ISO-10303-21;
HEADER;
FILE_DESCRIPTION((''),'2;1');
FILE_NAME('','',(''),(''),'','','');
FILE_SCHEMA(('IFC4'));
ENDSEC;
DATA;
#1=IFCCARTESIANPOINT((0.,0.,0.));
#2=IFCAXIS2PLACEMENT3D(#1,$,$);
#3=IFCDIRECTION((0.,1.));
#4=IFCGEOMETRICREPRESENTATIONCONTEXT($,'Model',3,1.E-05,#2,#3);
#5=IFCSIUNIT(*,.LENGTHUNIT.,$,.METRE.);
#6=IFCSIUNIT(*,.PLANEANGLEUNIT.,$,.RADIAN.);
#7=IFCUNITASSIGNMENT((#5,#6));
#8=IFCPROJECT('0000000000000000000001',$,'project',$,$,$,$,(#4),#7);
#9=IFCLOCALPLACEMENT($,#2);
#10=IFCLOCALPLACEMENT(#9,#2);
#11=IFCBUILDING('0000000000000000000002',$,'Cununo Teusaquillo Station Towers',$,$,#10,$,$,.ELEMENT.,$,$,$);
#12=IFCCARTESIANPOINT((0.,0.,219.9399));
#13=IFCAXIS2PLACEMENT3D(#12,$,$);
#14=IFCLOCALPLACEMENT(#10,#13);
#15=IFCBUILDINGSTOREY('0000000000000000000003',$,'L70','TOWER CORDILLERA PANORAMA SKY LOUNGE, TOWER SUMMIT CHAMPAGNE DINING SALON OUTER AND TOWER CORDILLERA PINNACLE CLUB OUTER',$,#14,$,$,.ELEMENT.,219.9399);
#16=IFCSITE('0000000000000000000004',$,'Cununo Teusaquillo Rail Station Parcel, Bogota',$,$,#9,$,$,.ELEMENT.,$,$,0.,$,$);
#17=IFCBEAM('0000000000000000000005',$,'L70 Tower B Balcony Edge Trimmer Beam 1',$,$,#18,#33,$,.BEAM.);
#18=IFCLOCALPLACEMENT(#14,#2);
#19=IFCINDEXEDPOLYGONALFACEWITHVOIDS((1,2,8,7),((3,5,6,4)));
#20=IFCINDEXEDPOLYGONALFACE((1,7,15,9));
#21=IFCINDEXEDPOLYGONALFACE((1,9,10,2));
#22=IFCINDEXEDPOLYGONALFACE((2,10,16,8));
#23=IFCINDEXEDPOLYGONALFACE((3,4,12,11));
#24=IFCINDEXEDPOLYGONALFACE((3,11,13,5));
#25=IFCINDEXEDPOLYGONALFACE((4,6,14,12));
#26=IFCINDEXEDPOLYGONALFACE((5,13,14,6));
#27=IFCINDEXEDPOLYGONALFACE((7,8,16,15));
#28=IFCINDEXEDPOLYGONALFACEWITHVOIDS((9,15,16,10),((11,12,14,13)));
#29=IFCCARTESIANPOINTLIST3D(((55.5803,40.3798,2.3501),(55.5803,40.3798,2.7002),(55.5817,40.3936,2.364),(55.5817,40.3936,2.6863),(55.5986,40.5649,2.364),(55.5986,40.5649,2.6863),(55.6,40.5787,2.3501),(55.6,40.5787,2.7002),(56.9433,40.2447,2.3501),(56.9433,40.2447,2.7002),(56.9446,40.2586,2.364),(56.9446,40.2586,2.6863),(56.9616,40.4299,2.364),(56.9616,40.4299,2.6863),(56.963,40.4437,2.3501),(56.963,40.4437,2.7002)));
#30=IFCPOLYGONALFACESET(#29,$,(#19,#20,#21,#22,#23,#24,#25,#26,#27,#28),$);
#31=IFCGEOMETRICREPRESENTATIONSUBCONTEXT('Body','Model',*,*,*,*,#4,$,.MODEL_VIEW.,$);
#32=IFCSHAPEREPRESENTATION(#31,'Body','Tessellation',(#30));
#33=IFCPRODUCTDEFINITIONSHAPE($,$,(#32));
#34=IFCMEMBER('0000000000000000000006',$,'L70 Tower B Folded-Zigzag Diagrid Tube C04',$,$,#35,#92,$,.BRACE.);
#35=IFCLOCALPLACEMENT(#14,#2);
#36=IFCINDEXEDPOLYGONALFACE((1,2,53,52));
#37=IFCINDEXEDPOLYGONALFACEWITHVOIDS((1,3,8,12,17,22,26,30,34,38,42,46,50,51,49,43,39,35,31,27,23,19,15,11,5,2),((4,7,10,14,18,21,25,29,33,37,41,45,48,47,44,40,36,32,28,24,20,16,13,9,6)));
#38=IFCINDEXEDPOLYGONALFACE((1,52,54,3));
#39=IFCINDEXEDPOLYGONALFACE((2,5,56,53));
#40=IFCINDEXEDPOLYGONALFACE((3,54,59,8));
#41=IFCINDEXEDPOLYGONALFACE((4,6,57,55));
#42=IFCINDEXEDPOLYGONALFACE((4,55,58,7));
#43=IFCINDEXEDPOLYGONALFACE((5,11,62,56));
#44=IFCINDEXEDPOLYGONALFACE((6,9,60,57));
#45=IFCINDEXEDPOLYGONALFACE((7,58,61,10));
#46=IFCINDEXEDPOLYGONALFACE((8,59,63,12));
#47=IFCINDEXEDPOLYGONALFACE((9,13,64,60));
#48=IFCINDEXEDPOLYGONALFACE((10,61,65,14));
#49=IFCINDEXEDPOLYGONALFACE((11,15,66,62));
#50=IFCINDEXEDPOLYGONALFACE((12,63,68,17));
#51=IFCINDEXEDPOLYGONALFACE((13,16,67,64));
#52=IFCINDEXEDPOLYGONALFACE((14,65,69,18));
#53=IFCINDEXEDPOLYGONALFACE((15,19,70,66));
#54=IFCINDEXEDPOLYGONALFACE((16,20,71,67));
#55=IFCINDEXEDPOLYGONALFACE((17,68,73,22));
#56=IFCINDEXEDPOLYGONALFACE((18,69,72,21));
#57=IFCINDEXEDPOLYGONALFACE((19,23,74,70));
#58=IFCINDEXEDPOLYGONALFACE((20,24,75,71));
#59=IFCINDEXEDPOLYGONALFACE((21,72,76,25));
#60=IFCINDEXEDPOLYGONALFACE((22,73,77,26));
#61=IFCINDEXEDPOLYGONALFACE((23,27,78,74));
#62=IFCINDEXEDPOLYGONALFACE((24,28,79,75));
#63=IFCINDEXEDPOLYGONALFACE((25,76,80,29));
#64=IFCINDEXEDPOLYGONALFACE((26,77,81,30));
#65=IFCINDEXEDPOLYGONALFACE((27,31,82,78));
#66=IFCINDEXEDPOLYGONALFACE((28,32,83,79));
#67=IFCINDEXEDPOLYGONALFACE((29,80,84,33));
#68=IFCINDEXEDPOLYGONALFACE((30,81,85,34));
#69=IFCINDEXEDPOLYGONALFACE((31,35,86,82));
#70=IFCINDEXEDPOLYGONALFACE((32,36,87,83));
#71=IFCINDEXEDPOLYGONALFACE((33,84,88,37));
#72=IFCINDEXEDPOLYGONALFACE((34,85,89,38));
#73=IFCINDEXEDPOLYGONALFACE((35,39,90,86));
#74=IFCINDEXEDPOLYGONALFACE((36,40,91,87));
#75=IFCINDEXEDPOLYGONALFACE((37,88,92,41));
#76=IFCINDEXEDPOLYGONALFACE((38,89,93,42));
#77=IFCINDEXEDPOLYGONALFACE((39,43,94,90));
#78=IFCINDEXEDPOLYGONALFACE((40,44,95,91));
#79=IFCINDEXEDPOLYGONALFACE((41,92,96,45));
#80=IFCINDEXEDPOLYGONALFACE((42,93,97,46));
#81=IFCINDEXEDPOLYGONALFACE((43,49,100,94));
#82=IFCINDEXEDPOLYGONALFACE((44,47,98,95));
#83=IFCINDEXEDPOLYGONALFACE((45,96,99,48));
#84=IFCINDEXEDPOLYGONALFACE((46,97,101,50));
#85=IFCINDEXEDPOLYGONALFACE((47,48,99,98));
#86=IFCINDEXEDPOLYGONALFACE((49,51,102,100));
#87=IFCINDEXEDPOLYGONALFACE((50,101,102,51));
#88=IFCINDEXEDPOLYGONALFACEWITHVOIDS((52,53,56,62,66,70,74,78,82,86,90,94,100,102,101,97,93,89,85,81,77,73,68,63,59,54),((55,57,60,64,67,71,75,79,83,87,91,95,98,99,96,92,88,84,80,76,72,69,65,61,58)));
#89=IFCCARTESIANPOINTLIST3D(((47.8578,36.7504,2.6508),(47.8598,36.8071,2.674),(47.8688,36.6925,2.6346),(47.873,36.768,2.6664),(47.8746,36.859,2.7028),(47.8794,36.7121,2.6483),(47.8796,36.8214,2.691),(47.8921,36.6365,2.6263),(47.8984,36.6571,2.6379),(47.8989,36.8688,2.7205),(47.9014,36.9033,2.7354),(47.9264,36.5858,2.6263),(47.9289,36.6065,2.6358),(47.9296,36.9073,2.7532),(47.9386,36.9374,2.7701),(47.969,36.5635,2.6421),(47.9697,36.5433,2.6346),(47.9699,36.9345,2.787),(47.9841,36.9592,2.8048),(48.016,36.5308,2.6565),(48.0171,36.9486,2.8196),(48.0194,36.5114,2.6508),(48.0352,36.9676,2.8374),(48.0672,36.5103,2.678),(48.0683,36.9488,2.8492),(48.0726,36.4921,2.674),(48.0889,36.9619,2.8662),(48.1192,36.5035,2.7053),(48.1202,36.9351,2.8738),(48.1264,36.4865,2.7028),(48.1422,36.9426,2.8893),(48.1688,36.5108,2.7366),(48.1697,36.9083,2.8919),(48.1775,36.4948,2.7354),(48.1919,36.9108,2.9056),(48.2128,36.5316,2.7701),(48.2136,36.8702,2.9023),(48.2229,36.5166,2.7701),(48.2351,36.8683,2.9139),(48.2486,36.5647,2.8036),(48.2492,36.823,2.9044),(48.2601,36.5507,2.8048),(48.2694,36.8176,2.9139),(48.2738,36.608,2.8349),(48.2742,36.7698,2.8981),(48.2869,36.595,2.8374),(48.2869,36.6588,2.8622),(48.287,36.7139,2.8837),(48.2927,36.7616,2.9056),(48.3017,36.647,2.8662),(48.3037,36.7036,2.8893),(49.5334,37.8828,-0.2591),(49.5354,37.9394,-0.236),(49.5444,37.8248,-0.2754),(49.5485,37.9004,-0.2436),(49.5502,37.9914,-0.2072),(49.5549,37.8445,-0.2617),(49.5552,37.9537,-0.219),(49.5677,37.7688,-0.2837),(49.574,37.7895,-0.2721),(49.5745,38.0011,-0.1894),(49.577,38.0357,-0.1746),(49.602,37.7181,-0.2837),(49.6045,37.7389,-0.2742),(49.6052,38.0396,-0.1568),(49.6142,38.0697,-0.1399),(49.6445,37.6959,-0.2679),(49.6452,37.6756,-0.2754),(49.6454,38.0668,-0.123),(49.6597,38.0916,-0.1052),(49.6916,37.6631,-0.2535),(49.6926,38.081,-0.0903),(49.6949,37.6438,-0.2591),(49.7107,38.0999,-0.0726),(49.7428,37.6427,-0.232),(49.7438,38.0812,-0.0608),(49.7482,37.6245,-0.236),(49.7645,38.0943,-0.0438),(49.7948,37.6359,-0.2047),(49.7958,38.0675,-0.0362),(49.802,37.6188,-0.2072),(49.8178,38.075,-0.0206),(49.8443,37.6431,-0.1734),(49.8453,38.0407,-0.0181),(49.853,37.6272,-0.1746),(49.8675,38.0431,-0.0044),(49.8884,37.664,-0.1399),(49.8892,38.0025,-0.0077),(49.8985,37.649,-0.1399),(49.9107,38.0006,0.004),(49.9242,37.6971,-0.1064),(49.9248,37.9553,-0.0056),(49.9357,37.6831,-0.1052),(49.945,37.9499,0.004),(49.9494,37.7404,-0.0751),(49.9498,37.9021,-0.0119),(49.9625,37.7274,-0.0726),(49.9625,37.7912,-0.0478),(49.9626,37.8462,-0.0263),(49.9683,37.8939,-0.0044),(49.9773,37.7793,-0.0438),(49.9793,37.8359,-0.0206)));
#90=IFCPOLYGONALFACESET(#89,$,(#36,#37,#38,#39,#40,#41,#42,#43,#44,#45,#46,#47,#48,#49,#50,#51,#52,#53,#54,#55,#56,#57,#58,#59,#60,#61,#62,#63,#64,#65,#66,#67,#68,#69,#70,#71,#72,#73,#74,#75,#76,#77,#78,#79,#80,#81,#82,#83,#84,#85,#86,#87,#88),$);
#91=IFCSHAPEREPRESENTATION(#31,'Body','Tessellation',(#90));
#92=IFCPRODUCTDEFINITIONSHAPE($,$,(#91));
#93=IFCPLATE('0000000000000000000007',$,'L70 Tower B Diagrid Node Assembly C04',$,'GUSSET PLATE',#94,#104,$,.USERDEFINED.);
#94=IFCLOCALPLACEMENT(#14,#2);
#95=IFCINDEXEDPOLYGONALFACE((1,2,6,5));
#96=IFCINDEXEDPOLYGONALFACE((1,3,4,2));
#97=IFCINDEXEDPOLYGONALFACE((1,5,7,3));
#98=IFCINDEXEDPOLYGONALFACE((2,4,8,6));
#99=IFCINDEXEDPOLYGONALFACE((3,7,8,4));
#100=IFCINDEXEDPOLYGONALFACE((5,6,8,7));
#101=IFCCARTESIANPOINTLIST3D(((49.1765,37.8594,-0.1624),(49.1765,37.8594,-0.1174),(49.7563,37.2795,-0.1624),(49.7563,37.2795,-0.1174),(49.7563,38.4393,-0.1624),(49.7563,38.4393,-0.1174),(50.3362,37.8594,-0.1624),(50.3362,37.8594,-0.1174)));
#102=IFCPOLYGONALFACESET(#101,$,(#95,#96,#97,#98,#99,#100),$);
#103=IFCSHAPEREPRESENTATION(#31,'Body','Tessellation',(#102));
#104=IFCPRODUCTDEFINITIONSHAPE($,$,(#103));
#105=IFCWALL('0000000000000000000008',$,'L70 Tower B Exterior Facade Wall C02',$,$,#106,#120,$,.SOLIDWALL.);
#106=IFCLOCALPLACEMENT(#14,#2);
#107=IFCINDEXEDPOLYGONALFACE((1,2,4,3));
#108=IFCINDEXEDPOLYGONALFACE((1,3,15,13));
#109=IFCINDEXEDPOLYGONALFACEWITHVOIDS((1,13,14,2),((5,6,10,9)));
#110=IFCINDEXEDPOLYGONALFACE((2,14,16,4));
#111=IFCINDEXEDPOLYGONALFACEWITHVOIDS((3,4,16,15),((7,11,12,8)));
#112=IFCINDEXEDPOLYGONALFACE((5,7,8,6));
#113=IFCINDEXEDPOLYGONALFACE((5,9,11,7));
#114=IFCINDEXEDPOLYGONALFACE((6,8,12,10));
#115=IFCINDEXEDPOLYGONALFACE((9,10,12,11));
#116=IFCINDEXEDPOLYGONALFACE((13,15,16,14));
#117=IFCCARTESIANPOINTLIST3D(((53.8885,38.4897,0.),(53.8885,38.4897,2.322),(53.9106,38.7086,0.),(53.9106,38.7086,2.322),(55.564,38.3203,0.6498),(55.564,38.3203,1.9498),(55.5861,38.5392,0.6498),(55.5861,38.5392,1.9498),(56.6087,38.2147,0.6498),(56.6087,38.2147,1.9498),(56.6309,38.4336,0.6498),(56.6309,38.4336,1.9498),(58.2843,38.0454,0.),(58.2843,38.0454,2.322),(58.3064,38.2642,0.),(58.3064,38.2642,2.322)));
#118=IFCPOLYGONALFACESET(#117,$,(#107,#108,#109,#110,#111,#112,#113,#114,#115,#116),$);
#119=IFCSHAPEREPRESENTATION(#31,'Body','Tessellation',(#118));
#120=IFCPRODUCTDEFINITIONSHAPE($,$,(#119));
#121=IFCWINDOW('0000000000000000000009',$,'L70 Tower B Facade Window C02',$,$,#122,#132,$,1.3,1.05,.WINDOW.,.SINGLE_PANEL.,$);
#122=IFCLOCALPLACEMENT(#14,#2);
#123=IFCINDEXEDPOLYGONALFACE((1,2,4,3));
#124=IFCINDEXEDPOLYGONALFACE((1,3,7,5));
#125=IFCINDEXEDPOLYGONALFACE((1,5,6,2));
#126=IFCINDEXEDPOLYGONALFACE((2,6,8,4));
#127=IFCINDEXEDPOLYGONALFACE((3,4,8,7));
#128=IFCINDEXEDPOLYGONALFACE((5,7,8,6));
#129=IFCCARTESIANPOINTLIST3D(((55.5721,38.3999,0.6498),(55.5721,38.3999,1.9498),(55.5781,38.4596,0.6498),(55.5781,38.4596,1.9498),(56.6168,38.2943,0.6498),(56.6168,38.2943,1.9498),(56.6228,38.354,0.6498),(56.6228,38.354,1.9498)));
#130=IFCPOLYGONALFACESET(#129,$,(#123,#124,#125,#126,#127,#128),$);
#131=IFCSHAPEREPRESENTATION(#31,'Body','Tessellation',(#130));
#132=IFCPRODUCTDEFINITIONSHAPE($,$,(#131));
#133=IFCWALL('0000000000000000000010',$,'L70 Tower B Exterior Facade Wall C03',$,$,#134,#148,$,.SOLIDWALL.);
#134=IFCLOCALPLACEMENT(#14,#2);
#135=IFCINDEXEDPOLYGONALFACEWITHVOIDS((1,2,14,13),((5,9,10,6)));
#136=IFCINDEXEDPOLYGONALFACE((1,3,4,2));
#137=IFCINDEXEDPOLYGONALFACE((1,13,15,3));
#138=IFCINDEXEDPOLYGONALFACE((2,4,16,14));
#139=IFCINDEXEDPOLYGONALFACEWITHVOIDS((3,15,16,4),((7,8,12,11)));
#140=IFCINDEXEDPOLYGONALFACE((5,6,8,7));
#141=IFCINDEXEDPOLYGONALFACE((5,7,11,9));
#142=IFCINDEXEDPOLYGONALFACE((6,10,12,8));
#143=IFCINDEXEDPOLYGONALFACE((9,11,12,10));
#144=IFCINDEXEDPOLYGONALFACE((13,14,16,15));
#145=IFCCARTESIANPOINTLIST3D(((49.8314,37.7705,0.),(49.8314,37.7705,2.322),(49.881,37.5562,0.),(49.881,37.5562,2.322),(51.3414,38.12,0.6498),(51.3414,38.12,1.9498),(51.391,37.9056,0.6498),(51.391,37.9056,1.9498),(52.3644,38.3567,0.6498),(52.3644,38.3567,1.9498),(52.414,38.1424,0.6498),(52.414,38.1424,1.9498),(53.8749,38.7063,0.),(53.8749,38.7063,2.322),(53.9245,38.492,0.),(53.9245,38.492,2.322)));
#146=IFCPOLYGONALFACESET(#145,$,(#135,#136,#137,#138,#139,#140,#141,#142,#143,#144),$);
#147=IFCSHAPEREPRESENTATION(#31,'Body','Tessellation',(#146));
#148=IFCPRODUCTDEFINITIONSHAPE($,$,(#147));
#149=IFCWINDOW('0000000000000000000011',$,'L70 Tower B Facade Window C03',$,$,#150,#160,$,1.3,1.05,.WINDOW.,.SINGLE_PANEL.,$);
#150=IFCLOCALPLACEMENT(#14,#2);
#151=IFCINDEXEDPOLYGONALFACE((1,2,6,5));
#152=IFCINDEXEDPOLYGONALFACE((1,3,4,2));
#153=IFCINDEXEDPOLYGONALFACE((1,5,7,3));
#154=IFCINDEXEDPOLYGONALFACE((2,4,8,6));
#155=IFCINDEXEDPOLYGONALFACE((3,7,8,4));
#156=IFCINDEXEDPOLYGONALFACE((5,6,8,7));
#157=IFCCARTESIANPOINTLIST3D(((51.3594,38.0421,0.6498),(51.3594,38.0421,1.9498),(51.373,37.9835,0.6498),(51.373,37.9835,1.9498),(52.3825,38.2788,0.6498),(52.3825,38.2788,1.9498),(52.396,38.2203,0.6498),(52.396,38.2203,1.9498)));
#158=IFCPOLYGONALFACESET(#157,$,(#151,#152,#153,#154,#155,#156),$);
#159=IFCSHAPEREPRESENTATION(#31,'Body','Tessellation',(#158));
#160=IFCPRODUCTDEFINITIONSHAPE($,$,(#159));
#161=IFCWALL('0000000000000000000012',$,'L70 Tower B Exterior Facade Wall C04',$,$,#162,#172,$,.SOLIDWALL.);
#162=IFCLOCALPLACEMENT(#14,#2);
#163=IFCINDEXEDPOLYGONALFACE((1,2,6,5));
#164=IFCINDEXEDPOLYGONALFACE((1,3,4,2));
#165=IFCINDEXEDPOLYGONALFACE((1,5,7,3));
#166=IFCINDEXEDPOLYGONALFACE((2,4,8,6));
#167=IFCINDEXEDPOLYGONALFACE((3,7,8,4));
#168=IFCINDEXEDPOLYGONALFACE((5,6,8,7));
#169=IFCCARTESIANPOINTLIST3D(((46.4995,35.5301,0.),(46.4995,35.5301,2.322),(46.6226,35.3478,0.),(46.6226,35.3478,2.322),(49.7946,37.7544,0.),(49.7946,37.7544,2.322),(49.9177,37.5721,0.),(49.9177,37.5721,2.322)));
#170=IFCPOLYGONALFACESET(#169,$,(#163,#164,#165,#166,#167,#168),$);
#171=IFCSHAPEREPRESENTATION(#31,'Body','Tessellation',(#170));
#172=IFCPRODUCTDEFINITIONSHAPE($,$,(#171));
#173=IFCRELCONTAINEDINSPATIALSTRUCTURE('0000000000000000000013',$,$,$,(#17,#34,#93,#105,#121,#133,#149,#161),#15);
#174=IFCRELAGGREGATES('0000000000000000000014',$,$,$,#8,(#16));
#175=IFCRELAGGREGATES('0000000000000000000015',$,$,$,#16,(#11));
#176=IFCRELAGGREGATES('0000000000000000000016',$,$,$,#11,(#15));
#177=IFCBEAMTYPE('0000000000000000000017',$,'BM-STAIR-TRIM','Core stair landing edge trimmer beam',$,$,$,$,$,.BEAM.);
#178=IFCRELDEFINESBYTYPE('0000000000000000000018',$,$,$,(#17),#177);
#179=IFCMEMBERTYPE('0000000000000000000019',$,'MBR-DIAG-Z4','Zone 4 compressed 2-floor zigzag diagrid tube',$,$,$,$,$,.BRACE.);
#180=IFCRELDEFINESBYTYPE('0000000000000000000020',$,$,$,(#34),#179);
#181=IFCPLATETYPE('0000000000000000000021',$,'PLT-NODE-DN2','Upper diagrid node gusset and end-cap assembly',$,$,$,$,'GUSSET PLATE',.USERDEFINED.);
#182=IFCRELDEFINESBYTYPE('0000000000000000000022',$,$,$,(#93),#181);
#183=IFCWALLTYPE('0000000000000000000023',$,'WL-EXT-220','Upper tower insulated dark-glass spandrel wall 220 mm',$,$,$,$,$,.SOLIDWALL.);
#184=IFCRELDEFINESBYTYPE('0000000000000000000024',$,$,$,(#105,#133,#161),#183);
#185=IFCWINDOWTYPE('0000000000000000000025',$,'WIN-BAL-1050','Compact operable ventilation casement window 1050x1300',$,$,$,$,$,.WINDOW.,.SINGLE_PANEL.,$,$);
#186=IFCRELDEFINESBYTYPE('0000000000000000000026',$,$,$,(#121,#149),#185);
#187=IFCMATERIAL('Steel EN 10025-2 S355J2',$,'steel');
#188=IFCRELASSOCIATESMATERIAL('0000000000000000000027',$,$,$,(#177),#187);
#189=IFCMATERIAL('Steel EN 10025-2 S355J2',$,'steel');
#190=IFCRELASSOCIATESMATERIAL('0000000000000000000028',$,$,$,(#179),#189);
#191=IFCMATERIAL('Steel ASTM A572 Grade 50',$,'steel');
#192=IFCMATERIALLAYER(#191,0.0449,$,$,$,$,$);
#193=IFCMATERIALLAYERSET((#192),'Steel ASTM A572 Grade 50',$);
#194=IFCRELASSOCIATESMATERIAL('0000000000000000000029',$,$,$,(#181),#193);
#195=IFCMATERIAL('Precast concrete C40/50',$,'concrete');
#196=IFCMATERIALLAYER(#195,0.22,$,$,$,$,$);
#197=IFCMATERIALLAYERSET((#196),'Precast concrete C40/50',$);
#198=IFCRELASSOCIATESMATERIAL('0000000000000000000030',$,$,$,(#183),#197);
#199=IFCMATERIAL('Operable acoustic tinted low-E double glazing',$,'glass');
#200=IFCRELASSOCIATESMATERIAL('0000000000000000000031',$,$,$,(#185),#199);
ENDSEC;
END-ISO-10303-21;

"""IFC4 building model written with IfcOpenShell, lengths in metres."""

from ifc_helpers import new_model, si_unit, direction, frame, frame_2d, origin, origin_2d, place, context, subcontext, project, spatial, rectangle, hollow_rectangle, hollow_circle, extrude, source, transform, mapped, material, layer, layer_set, material_profile, profile_set, type_object, element, fill, save


model = new_model("IFC4")

# Units and contexts
model_context = context("Model", 3, precision=1e-05, world=origin(), true_north=direction((0.0, 1.0)))
body_context = subcontext(model_context, "Body", "Model", "MODEL_VIEW")
ifc_project = project(units=[si_unit("LENGTHUNIT", "METRE"), si_unit("PLANEANGLEUNIT", "RADIAN")], contexts=[model_context])

# Site, building, storey
site_placement = place(None, origin())
site = spatial("IfcSite", under=ifc_project, at=site_placement, Name="Cununo Teusaquillo Rail Station Parcel, Bogota", CompositionType="ELEMENT", RefElevation=0.0)
building_placement = place(site_placement, origin())
building = spatial("IfcBuilding", under=site, at=building_placement, Name="Cununo Teusaquillo Station Towers", CompositionType="ELEMENT")
storey_placement = place(building_placement, frame((0.0, 0.0, 219.9399)))
storey = spatial("IfcBuildingStorey", under=building, at=storey_placement, Name="L70", Description="TOWER CORDILLERA PANORAMA SKY LOUNGE, TOWER SUMMIT CHAMPAGNE DINING SALON OUTER AND TOWER CORDILLERA PINNACLE CLUB OUTER", CompositionType="ELEMENT", Elevation=219.9399)

# Beam
ifc_material_1 = material(Name="Steel EN 10025-2 S355J2", Category="steel")
ifc_material_profile_1 = material_profile(ifc_material_1, hollow_rectangle(XDim=0.2, YDim=0.3501, WallThickness=0.0139, at=origin_2d()), Name="RHS 350x200x14")
ifc_profile_set_1 = profile_set([ifc_material_profile_1], Name="Steel EN 10025-2 S355J2")
beam_type_1 = type_object("IfcBeamType", Name="BM-STAIR-TRIM", Description="Core stair landing edge trimmer beam", PredefinedType="BEAM", material=ifc_profile_set_1)
beam_1_placement = place(storey_placement, frame((56.9531, 40.3442, 2.5251), z_axis=(-0.99513, 0.098568, 0.0), x_axis=(-0.098568, -0.99513, 0.0)))
element("IfcBeam", 1, at=beam_1_placement, inside=storey, type_object=beam_type_1, Name="L70 Tower B Balcony Edge Trimmer Beam 1", PredefinedType="BEAM", context=body_context, shape_type="SweptSolid", body=[
    extrude(hollow_rectangle(XDim=0.2, YDim=0.3501, WallThickness=0.0139, at=origin_2d()), origin(), (0.0, 0.0, 1.0), 1.3696),
])

# Member
ifc_material_2 = material(Name="Steel EN 10025-2 S355J2", Category="steel")
ifc_material_profile_2 = material_profile(ifc_material_2, hollow_circle(Radius=0.2539, WallThickness=0.0181, at=origin_2d()), Name="CHS 508x18")
ifc_profile_set_2 = profile_set([ifc_material_profile_2], Name="Steel EN 10025-2 S355J2")
member_type = type_object("IfcMemberType", Name="MBR-DIAG-Z4", Description="Zone 4 compressed 2-floor zigzag diagrid tube", PredefinedType="BRACE", material=ifc_profile_set_2)
member_placement = place(storey_placement, frame((49.7563, 37.8594, -0.1399), z_axis=(-0.472833, -0.31954, 0.821172), x_axis=(0.559927, -0.828542, 0.0)))
element("IfcMember", 2, at=member_placement, inside=storey, type_object=member_type, Name="L70 Tower B Folded-Zigzag Diagrid Tube C04", PredefinedType="BRACE", context=body_context, shape_type="SweptSolid", body=[
    extrude(hollow_circle(Radius=0.2539, WallThickness=0.0181, at=origin_2d()), origin(), (0.0, 0.0, 1.0), 3.5437),
])

# Plate
ifc_material_3 = material(Name="Steel ASTM A572 Grade 50", Category="steel")
ifc_layer_1 = layer(ifc_material_3, 0.0449)
ifc_layer_set_1 = layer_set([ifc_layer_1], Name="Steel ASTM A572 Grade 50")
plate_type = type_object("IfcPlateType", Name="PLT-NODE-DN2", Description="Upper diagrid node gusset and end-cap assembly", ElementType="GUSSET PLATE", PredefinedType="USERDEFINED", material=ifc_layer_set_1)
shared_shape_1 = source(origin(), body_context, "Body", "SweptSolid", [
    extrude(rectangle(XDim=0.8201, YDim=0.8201, at=origin_2d()), origin(), (0.0, 0.0, 1.0), 0.0449),
])
plate_placement = place(storey_placement, frame((49.7563, 37.8594, -0.1624), z_axis=(0.0, 0.0, 1.0), x_axis=(0.707107, 0.707107, 0.0)))
element("IfcPlate", 3, at=plate_placement, inside=storey, type_object=plate_type, Name="L70 Tower B Diagrid Node Assembly C04", ObjectType="GUSSET PLATE", PredefinedType="USERDEFINED", context=body_context, shape_type="MappedRepresentation", body=[
    mapped(shared_shape_1, transform((0.0, 0.0, 0.0), x_axis=(1.0, 0.0, 0.0), y_axis=(0.0, 1.0, 0.0), z_axis=(0.0, 0.0, 1.0), scale=1.0)),
])

# Walls, openings, windows
ifc_material_4 = material(Name="Precast concrete C40/50", Category="concrete")
ifc_layer_2 = layer(ifc_material_4, 0.22)
ifc_layer_set_2 = layer_set([ifc_layer_2], Name="Precast concrete C40/50")
wall_type_1 = type_object("IfcWallType", Name="WL-EXT-220", Description="Upper tower insulated dark-glass spandrel wall 220 mm", PredefinedType="SOLIDWALL", material=ifc_layer_set_2)
wall_1_placement = place(storey_placement, frame((53.8997, 38.5991, 0.0), z_axis=(0.0, 0.0, 1.0), x_axis=(0.99493, -0.100571, 0.0)))
wall_1 = element("IfcWall", 4, at=wall_1_placement, inside=storey, type_object=wall_type_1, Name="L70 Tower B Exterior Facade Wall C02", PredefinedType="SOLIDWALL", context=body_context, shape_type="SweptSolid", body=[
    extrude(rectangle(XDim=4.4182, YDim=0.22, at=frame_2d((2.209, 0.0))), origin(), (0.0, 0.0, 1.0), 2.322),
])
shared_shape_2 = source(origin(), body_context, "Body", "SweptSolid", [
    extrude(rectangle(XDim=1.05, YDim=1.3, at=frame_2d((0.5249, 0.6499))), frame((0.0, 0.1199, 0.0), z_axis=(0.0, -1.0, 0.0), x_axis=(1.0, 0.0, 0.0)), (0.0, 0.0, 1.0), 0.24),
])
opening_1_placement = place(wall_1_placement, frame((1.6841, 0.0, 0.6499)))
opening_1 = element("IfcOpeningElement", 5, at=opening_1_placement, cuts=wall_1, PredefinedType="OPENING", context=body_context, shape_type="MappedRepresentation", body=[
    mapped(shared_shape_2, transform((0.0, 0.0, 0.0), x_axis=(1.0, 0.0, 0.0), y_axis=(0.0, 1.0, 0.0), z_axis=(0.0, 0.0, 1.0), scale=1.0)),
])
ifc_material_5 = material(Name="Operable acoustic tinted low-E double glazing", Category="glass")
window_type = type_object("IfcWindowType", Name="WIN-BAL-1050", Description="Compact operable ventilation casement window 1050x1300", PartitioningType="SINGLE_PANEL", PredefinedType="WINDOW", material=ifc_material_5)
shared_shape_3 = source(origin(), body_context, "Body", "SweptSolid", [
    extrude(rectangle(XDim=1.05, YDim=1.3, at=frame_2d((0.5249, 0.6499))), frame((0.0, 0.03, 0.0), z_axis=(0.0, -1.0, 0.0), x_axis=(1.0, 0.0, 0.0)), (0.0, 0.0, 1.0), 0.0601),
])
window_1_placement = place(opening_1_placement, origin())
window_1 = element("IfcWindow", 6, at=window_1_placement, inside=storey, type_object=window_type, Name="L70 Tower B Facade Window C02", OverallHeight=1.3, OverallWidth=1.05, PartitioningType="SINGLE_PANEL", PredefinedType="WINDOW", context=body_context, shape_type="MappedRepresentation", body=[
    mapped(shared_shape_3, transform((0.0, 0.0, 0.0), x_axis=(1.0, 0.0, 0.0), y_axis=(0.0, 1.0, 0.0), z_axis=(0.0, 0.0, 1.0), scale=1.0)),
])
fill(opening_1, window_1)
wall_2_placement = place(storey_placement, frame((49.8562, 37.6633, 0.0), z_axis=(0.0, 0.0, 1.0), x_axis=(0.974249, 0.225474, 0.0)))
wall_2 = element("IfcWall", 7, at=wall_2_placement, inside=storey, type_object=wall_type_1, Name="L70 Tower B Exterior Facade Wall C03", PredefinedType="SOLIDWALL", context=body_context, shape_type="SweptSolid", body=[
    extrude(rectangle(XDim=4.1504, YDim=0.22, at=frame_2d((2.0752, 0.0))), origin(), (0.0, 0.0, 1.0), 2.322),
])
opening_2_placement = place(wall_2_placement, frame((1.55, 0.0, 0.6499)))
opening_2 = element("IfcOpeningElement", 8, at=opening_2_placement, cuts=wall_2, PredefinedType="OPENING", context=body_context, shape_type="MappedRepresentation", body=[
    mapped(shared_shape_2, transform((0.0, 0.0, 0.0), x_axis=(1.0, 0.0, 0.0), y_axis=(0.0, 1.0, 0.0), z_axis=(0.0, 0.0, 1.0), scale=1.0)),
])
window_2_placement = place(opening_2_placement, origin())
window_2 = element("IfcWindow", 9, at=window_2_placement, inside=storey, type_object=window_type, Name="L70 Tower B Facade Window C03", OverallHeight=1.3, OverallWidth=1.05, PartitioningType="SINGLE_PANEL", PredefinedType="WINDOW", context=body_context, shape_type="MappedRepresentation", body=[
    mapped(shared_shape_3, transform((0.0, 0.0, 0.0), x_axis=(1.0, 0.0, 0.0), y_axis=(0.0, 1.0, 0.0), z_axis=(0.0, 0.0, 1.0), scale=1.0)),
])
fill(opening_2, window_2)

# Wall
wall_3_placement = place(storey_placement, frame((46.561, 35.439, 0.0), z_axis=(0.0, 0.0, 1.0), x_axis=(0.828834, 0.559495, 0.0)))
element("IfcWall", 10, at=wall_3_placement, inside=storey, type_object=wall_type_1, Name="L70 Tower B Exterior Facade Wall C04", PredefinedType="SOLIDWALL", context=body_context, shape_type="SweptSolid", body=[
    extrude(rectangle(XDim=3.9756, YDim=0.22, at=frame_2d((1.9878, 0.0))), origin(), (0.0, 0.0, 1.0), 2.322),
])

save(model, "model.ifc")
